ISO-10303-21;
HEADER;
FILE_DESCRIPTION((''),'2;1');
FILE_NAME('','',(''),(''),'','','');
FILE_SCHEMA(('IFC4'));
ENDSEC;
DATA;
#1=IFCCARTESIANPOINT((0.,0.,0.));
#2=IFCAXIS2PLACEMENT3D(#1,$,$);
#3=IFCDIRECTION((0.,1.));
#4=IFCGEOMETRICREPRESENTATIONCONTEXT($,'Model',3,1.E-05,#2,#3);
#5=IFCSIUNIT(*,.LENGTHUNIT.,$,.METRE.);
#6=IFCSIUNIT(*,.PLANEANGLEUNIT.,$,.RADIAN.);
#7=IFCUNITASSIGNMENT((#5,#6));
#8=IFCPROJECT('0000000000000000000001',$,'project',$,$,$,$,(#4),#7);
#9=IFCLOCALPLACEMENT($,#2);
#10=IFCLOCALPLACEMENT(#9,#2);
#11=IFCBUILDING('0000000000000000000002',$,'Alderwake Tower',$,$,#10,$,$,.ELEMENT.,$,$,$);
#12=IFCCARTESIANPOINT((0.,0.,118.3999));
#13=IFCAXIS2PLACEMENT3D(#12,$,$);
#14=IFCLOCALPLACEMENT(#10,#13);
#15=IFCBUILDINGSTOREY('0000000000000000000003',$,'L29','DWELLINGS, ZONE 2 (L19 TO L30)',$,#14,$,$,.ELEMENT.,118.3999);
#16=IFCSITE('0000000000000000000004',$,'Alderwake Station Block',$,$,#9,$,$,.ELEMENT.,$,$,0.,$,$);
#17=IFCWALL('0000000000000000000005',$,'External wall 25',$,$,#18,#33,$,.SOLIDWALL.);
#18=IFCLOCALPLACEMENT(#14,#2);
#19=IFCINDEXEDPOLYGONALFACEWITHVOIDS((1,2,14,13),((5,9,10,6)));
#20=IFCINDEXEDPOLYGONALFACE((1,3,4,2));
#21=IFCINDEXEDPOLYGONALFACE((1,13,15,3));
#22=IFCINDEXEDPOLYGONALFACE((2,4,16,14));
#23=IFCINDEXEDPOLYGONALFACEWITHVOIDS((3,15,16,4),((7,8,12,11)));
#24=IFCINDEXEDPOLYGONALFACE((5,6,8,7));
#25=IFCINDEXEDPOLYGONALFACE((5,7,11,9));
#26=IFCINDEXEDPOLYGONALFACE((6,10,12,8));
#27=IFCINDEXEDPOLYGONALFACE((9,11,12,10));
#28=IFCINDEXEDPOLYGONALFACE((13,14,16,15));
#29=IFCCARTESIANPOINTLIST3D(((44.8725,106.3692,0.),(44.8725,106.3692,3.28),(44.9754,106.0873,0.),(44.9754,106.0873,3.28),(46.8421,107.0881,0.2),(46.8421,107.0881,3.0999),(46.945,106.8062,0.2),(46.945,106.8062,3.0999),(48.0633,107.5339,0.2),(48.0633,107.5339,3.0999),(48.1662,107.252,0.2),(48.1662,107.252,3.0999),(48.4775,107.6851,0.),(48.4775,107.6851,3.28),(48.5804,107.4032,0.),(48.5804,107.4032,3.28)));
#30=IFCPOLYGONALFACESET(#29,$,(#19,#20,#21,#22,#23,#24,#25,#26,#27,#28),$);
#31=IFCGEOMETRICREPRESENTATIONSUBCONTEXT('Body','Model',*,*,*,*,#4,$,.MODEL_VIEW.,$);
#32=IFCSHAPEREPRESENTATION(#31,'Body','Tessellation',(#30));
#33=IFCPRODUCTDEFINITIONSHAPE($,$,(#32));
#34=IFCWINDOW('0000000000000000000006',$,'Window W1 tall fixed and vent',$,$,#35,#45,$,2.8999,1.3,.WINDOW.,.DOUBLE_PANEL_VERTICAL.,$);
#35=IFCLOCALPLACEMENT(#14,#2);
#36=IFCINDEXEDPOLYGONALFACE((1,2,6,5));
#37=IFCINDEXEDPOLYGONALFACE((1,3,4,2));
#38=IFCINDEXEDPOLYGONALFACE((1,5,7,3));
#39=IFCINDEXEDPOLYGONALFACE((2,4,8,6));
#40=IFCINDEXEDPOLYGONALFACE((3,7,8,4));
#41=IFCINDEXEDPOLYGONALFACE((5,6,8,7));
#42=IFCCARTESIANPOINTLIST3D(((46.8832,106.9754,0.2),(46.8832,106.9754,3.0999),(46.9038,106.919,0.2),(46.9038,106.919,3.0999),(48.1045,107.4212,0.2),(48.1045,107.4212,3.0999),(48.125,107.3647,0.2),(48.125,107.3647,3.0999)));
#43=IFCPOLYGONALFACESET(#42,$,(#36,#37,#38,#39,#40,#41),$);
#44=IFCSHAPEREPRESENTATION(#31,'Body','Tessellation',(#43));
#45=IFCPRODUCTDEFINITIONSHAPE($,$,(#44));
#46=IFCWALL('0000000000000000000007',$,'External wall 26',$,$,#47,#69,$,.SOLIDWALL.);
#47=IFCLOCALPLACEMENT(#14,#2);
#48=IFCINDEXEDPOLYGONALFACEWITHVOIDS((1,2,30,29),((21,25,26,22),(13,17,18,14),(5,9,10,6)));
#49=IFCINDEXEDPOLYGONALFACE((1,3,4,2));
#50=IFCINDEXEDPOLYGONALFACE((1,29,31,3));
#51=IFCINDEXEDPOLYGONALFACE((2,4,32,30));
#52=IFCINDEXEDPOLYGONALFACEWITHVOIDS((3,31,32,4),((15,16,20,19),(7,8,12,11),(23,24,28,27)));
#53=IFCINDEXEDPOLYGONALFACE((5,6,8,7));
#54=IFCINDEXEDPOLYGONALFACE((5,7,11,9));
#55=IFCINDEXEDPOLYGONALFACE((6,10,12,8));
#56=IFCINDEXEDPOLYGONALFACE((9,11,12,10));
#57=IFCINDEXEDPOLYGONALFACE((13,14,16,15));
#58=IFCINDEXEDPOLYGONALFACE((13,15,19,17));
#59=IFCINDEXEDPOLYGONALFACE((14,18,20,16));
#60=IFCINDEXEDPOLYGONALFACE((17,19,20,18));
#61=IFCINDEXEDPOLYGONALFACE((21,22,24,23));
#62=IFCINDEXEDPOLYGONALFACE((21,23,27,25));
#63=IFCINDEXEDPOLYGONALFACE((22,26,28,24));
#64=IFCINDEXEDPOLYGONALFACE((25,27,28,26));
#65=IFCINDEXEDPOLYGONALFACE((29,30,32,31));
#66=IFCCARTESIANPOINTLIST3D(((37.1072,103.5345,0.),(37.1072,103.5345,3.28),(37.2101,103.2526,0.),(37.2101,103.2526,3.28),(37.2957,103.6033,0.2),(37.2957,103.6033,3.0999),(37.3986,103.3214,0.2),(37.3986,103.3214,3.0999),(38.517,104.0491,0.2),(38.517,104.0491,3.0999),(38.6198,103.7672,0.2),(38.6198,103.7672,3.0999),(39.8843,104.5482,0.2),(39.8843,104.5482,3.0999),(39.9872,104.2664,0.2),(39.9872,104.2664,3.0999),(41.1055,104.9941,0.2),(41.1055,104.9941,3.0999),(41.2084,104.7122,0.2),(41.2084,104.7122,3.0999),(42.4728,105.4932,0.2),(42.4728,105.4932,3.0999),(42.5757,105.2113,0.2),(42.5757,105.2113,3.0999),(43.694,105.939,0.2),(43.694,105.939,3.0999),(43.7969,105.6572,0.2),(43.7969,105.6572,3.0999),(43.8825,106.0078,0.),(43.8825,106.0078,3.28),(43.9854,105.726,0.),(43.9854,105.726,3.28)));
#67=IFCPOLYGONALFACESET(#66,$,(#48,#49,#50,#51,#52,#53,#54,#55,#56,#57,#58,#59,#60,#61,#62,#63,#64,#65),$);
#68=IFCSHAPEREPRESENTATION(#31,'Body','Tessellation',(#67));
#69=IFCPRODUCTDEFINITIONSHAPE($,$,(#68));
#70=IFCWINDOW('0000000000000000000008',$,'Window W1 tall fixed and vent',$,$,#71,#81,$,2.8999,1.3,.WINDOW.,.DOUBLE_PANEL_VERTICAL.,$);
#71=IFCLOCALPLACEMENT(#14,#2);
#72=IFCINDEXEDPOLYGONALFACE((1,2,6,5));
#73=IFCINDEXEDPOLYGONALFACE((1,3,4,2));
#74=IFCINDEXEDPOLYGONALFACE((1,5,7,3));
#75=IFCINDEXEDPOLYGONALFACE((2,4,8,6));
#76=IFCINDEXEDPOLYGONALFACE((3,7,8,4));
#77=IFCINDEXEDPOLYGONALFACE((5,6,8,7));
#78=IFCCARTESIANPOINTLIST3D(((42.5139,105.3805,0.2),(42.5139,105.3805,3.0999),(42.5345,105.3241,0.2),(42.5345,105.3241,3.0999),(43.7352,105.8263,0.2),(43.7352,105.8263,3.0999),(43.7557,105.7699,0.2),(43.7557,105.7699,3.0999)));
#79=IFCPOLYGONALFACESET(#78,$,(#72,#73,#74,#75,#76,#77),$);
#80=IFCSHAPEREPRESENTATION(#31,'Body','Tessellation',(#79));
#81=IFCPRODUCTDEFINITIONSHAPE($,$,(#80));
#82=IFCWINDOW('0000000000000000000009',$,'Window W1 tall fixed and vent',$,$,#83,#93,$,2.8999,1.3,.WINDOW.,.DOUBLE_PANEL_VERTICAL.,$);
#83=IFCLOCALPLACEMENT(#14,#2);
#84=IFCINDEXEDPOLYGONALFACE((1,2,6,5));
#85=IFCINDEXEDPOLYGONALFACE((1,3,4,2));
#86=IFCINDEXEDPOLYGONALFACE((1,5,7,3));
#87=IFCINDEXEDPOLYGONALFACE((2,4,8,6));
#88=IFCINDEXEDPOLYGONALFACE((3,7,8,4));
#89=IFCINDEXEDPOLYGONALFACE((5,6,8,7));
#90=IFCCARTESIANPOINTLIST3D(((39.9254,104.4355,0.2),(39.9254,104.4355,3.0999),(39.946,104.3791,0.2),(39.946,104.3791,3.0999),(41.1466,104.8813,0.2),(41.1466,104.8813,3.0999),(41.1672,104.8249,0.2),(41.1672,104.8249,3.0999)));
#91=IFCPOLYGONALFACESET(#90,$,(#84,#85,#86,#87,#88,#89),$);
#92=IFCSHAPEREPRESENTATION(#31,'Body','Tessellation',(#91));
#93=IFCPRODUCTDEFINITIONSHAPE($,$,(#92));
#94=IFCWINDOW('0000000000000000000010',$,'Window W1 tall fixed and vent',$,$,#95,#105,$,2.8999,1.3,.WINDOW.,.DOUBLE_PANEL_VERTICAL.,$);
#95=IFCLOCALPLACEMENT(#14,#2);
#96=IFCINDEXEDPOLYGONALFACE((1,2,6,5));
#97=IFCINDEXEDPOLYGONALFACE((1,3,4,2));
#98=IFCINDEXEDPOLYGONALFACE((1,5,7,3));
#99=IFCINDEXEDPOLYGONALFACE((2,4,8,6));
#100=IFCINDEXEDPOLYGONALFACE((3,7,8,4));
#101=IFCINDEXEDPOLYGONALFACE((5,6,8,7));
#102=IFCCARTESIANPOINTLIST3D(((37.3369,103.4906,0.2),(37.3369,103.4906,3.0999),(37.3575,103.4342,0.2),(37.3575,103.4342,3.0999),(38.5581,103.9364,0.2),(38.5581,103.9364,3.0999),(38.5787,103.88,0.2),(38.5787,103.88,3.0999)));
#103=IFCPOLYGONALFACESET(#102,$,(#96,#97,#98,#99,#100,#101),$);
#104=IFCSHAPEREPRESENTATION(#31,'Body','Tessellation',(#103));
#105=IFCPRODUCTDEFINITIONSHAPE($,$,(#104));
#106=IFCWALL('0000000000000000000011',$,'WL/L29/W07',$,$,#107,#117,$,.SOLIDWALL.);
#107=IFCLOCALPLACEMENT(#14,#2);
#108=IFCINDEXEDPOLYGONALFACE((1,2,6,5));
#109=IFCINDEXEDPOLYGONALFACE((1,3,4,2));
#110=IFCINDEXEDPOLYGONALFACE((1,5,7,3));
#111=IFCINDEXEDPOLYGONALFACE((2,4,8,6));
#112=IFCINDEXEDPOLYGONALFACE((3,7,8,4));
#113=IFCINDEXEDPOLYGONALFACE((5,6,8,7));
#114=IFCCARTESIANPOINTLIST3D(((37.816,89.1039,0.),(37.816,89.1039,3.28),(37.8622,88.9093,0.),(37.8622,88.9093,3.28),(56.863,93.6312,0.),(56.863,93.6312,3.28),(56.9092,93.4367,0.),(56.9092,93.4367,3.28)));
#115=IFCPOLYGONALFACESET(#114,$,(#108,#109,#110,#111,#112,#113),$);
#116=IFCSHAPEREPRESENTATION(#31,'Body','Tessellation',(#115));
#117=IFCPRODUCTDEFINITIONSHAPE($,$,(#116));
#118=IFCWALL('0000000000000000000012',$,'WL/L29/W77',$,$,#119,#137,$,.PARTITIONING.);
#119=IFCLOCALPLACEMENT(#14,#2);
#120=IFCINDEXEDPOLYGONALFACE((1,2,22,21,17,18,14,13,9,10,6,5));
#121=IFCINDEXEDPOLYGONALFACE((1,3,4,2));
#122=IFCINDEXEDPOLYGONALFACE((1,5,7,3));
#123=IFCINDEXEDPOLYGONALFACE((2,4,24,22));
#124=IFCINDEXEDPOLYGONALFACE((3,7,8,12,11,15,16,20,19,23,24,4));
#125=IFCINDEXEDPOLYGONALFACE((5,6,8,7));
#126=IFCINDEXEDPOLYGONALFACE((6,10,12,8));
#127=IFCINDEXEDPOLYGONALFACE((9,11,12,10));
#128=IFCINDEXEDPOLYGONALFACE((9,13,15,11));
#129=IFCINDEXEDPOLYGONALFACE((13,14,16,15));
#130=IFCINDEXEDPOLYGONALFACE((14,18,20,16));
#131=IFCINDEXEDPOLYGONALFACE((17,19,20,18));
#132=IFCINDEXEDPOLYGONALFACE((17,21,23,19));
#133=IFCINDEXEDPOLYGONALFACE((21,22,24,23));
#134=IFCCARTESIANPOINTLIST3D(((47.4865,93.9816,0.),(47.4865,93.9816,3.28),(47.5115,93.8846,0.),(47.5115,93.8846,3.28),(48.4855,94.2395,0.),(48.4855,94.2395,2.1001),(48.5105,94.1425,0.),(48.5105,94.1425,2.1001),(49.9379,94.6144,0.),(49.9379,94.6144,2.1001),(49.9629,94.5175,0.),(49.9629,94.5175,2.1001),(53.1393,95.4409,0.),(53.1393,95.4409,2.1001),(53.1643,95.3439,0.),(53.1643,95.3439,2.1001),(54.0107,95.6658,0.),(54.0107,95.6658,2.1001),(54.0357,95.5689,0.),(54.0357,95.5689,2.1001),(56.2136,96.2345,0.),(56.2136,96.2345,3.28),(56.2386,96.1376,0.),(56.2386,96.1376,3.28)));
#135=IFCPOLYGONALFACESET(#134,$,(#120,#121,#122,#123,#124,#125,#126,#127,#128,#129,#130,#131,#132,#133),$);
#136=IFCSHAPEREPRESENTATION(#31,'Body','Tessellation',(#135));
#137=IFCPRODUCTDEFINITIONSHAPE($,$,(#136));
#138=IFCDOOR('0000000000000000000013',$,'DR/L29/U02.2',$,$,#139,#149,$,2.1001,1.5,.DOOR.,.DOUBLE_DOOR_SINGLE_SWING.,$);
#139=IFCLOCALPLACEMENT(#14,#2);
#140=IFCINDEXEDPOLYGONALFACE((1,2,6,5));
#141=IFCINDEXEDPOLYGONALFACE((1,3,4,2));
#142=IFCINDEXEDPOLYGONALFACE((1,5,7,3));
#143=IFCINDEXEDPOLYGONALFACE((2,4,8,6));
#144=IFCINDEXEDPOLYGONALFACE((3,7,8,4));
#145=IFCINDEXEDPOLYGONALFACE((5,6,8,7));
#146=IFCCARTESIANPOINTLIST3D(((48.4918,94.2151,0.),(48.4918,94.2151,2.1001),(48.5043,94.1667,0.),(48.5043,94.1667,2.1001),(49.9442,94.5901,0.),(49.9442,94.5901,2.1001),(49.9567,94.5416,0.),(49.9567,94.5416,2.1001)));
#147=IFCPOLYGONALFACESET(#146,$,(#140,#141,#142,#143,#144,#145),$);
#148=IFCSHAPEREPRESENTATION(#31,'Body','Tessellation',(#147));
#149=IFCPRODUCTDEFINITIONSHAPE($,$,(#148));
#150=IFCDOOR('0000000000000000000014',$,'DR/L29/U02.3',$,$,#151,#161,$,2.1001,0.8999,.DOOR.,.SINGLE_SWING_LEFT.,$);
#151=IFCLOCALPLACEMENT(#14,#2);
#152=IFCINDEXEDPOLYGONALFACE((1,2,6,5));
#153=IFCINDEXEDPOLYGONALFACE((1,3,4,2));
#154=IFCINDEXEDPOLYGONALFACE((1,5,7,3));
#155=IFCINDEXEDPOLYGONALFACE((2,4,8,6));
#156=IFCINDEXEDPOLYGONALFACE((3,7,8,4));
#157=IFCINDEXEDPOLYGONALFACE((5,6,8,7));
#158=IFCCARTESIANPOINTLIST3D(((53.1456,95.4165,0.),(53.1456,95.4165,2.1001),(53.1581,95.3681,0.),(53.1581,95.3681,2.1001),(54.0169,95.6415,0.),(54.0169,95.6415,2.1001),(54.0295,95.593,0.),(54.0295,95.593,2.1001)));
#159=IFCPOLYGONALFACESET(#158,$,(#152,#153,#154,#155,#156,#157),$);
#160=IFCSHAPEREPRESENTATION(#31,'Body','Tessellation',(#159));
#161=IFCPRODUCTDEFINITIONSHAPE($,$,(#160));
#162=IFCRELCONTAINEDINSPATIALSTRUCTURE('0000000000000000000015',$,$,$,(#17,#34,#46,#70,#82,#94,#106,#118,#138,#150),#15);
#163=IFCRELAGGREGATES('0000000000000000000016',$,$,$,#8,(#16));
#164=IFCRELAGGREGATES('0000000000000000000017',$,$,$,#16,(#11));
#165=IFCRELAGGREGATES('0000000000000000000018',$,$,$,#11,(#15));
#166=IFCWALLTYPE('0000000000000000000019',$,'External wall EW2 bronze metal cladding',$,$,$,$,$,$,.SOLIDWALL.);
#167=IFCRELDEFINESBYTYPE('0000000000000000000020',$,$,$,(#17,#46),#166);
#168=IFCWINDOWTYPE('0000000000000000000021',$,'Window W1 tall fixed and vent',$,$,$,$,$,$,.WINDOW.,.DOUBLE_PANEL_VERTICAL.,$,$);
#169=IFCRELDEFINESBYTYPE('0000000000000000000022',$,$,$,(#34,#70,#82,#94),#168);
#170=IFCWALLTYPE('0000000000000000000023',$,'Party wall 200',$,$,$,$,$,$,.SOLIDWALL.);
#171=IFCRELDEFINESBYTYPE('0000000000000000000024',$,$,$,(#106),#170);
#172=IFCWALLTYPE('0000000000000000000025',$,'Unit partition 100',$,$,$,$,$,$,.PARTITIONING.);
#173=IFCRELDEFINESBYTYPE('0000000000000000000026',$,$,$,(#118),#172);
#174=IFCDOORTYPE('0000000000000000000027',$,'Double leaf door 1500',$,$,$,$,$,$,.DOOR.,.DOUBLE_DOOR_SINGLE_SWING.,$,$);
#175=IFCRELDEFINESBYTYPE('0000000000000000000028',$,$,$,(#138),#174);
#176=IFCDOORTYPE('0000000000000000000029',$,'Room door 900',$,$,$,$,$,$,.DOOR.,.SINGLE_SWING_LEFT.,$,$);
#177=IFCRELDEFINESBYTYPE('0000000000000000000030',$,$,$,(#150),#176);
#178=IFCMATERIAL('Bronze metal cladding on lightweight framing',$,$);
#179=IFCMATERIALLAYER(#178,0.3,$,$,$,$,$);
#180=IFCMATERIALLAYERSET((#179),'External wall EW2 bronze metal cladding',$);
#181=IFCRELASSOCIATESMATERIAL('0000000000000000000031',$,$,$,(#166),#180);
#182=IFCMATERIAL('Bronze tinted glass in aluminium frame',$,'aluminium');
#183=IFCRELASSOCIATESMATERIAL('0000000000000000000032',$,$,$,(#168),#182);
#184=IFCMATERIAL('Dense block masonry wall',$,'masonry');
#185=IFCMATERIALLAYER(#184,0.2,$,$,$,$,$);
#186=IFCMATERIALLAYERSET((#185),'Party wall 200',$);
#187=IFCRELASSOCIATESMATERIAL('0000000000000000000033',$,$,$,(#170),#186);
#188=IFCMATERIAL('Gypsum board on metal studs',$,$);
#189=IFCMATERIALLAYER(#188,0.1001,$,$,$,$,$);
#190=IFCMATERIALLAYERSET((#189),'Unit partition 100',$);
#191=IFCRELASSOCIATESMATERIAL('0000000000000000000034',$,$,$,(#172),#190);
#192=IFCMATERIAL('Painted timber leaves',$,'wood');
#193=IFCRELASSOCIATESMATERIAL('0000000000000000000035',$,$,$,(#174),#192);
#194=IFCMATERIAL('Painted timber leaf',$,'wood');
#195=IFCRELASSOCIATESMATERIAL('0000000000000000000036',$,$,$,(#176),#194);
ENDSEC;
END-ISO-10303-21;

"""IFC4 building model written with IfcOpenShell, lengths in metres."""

from ifc_helpers import new_model, si_unit, direction, frame, frame_2d, origin, place, context, subcontext, project, spatial, rectangle, extrude, material, layer, layer_set, type_object, element, fill, save


model = new_model("IFC4")

# Units and contexts
model_context = context("Model", 3, precision=1e-05, world=origin(), true_north=direction((0.0, 1.0)))
body_context = subcontext(model_context, "Body", "Model", "MODEL_VIEW")
ifc_project = project(units=[si_unit("LENGTHUNIT", "METRE"), si_unit("PLANEANGLEUNIT", "RADIAN")], contexts=[model_context])

# Site, building, storey
site_placement = place(None, origin())
site = spatial("IfcSite", under=ifc_project, at=site_placement, Name="Alderwake Station Block", CompositionType="ELEMENT", RefElevation=0.0)
building_placement = place(site_placement, origin())
building = spatial("IfcBuilding", under=site, at=building_placement, Name="Alderwake Tower", CompositionType="ELEMENT")
storey_placement = place(building_placement, frame((0.0, 0.0, 118.3999)))
storey = spatial("IfcBuildingStorey", under=building, at=storey_placement, Name="L29", Description="DWELLINGS, ZONE 2 (L19 TO L30)", CompositionType="ELEMENT", Elevation=118.3999)

# Wall, opening, window
ifc_material_1 = material(Name="Bronze metal cladding on lightweight framing")
ifc_layer_1 = layer(ifc_material_1, 0.3)
ifc_layer_set_1 = layer_set([ifc_layer_1], Name="External wall EW2 bronze metal cladding")
wall_type_1 = type_object("IfcWallType", Name="External wall EW2 bronze metal cladding", PredefinedType="SOLIDWALL", material=ifc_layer_set_1)
wall_1_placement = place(storey_placement, frame((48.5291, 107.5442, 0.0), z_axis=(0.0, 0.0, 1.0), x_axis=(-0.939373, -0.342897, 0.0)))
wall_1 = element("IfcWall", 1, at=wall_1_placement, inside=storey, type_object=wall_type_1, Name="External wall 25", PredefinedType="SOLIDWALL", context=body_context, shape_type="SweptSolid", body=[
    extrude(rectangle(XDim=3.8376, YDim=0.3, at=frame_2d((1.9189, 0.0))), origin(), (0.0, 0.0, 1.0), 3.28),
])
opening_1_placement = place(wall_1_placement, frame((0.4412, 0.0, 0.2)))
opening_1 = element("IfcOpeningElement", 2, at=opening_1_placement, cuts=wall_1, PredefinedType="OPENING", context=body_context, shape_type="SweptSolid", body=[
    extrude(rectangle(XDim=1.3, YDim=2.8999, at=frame_2d((0.6499, 1.45))), frame((0.0, 0.1599, 0.0), z_axis=(0.0, -1.0, 0.0), x_axis=(1.0, 0.0, 0.0)), (0.0, 0.0, 1.0), 0.3201),
])
ifc_material_2 = material(Name="Bronze tinted glass in aluminium frame", Category="aluminium")
window_type = type_object("IfcWindowType", Name="Window W1 tall fixed and vent", PartitioningType="DOUBLE_PANEL_VERTICAL", PredefinedType="WINDOW", material=ifc_material_2)
window_1_placement = place(opening_1_placement, origin())
window_1 = element("IfcWindow", 3, at=window_1_placement, inside=storey, type_object=window_type, Name="Window W1 tall fixed and vent", OverallHeight=2.8999, OverallWidth=1.3, PartitioningType="DOUBLE_PANEL_VERTICAL", PredefinedType="WINDOW", context=body_context, shape_type="SweptSolid", body=[
    extrude(rectangle(XDim=1.3, YDim=2.8999, at=frame_2d((0.6499, 1.45))), frame((0.0, 0.03, 0.0), z_axis=(0.0, -1.0, 0.0), x_axis=(1.0, 0.0, 0.0)), (0.0, 0.0, 1.0), 0.0601),
])
fill(opening_1, window_1)

# Wall, openings, windows
wall_2_placement = place(storey_placement, frame((43.9341, 105.8669, 0.0), z_axis=(0.0, 0.0, 1.0), x_axis=(-0.939365, -0.34292, 0.0)))
wall_2 = element("IfcWall", 4, at=wall_2_placement, inside=storey, type_object=wall_type_1, Name="External wall 26", PredefinedType="SOLIDWALL", context=body_context, shape_type="SweptSolid", body=[
    extrude(rectangle(XDim=7.2126, YDim=0.3, at=frame_2d((3.6064, 0.0))), origin(), (0.0, 0.0, 1.0), 3.28),
])
opening_2_placement = place(wall_2_placement, frame((0.2009, 0.0, 0.2)))
opening_2 = element("IfcOpeningElement", 5, at=opening_2_placement, cuts=wall_2, PredefinedType="OPENING", context=body_context, shape_type="SweptSolid", body=[
    extrude(rectangle(XDim=1.3, YDim=2.8999, at=frame_2d((0.6499, 1.45))), frame((0.0, 0.1599, 0.0), z_axis=(0.0, -1.0, 0.0), x_axis=(1.0, 0.0, 0.0)), (0.0, 0.0, 1.0), 0.3201),
])
opening_3_placement = place(wall_2_placement, frame((2.9565, 0.0, 0.2)))
opening_3 = element("IfcOpeningElement", 6, at=opening_3_placement, cuts=wall_2, PredefinedType="OPENING", context=body_context, shape_type="SweptSolid", body=[
    extrude(rectangle(XDim=1.3, YDim=2.8999, at=frame_2d((0.6499, 1.45))), frame((0.0, 0.1599, 0.0), z_axis=(0.0, -1.0, 0.0), x_axis=(1.0, 0.0, 0.0)), (0.0, 0.0, 1.0), 0.3201),
])
opening_4_placement = place(wall_2_placement, frame((5.7122, 0.0, 0.2)))
opening_4 = element("IfcOpeningElement", 7, at=opening_4_placement, cuts=wall_2, PredefinedType="OPENING", context=body_context, shape_type="SweptSolid", body=[
    extrude(rectangle(XDim=1.3, YDim=2.8999, at=frame_2d((0.6499, 1.45))), frame((0.0, 0.1599, 0.0), z_axis=(0.0, -1.0, 0.0), x_axis=(1.0, 0.0, 0.0)), (0.0, 0.0, 1.0), 0.3201),
])
window_2_placement = place(opening_2_placement, origin())
window_2 = element("IfcWindow", 8, at=window_2_placement, inside=storey, type_object=window_type, Name="Window W1 tall fixed and vent", OverallHeight=2.8999, OverallWidth=1.3, PartitioningType="DOUBLE_PANEL_VERTICAL", PredefinedType="WINDOW", context=body_context, shape_type="SweptSolid", body=[
    extrude(rectangle(XDim=1.3, YDim=2.8999, at=frame_2d((0.6499, 1.45))), frame((0.0, 0.03, 0.0), z_axis=(0.0, -1.0, 0.0), x_axis=(1.0, 0.0, 0.0)), (0.0, 0.0, 1.0), 0.0601),
])
fill(opening_2, window_2)
window_3_placement = place(opening_3_placement, origin())
window_3 = element("IfcWindow", 9, at=window_3_placement, inside=storey, type_object=window_type, Name="Window W1 tall fixed and vent", OverallHeight=2.8999, OverallWidth=1.3, PartitioningType="DOUBLE_PANEL_VERTICAL", PredefinedType="WINDOW", context=body_context, shape_type="SweptSolid", body=[
    extrude(rectangle(XDim=1.3, YDim=2.8999, at=frame_2d((0.6499, 1.45))), frame((0.0, 0.03, 0.0), z_axis=(0.0, -1.0, 0.0), x_axis=(1.0, 0.0, 0.0)), (0.0, 0.0, 1.0), 0.0601),
])
fill(opening_3, window_3)
window_4_placement = place(opening_4_placement, origin())
window_4 = element("IfcWindow", 10, at=window_4_placement, inside=storey, type_object=window_type, Name="Window W1 tall fixed and vent", OverallHeight=2.8999, OverallWidth=1.3, PartitioningType="DOUBLE_PANEL_VERTICAL", PredefinedType="WINDOW", context=body_context, shape_type="SweptSolid", body=[
    extrude(rectangle(XDim=1.3, YDim=2.8999, at=frame_2d((0.6499, 1.45))), frame((0.0, 0.03, 0.0), z_axis=(0.0, -1.0, 0.0), x_axis=(1.0, 0.0, 0.0)), (0.0, 0.0, 1.0), 0.0601),
])
fill(opening_4, window_4)

# Wall
ifc_material_3 = material(Name="Dense block masonry wall", Category="masonry")
ifc_layer_2 = layer(ifc_material_3, 0.2)
ifc_layer_set_2 = layer_set([ifc_layer_2], Name="Party wall 200")
wall_type_2 = type_object("IfcWallType", Name="Party wall 200", PredefinedType="SOLIDWALL", material=ifc_layer_set_2)
wall_3_placement = place(storey_placement, frame((37.8391, 89.0066, 0.0), z_axis=(0.0, 0.0, 1.0), x_axis=(0.972894, 0.231252, 0.0)))
element("IfcWall", 11, at=wall_3_placement, inside=storey, type_object=wall_type_2, Name="WL/L29/W07", PredefinedType="SOLIDWALL", context=body_context, shape_type="SweptSolid", body=[
    extrude(rectangle(XDim=19.5776, YDim=0.2, at=frame_2d((9.7888, 0.0))), origin(), (0.0, 0.0, 1.0), 3.28),
])

# Wall, openings, doors
ifc_material_4 = material(Name="Gypsum board on metal studs")
ifc_layer_3 = layer(ifc_material_4, 0.1001)
ifc_layer_set_3 = layer_set([ifc_layer_3], Name="Unit partition 100")
wall_type_3 = type_object("IfcWallType", Name="Unit partition 100", PredefinedType="PARTITIONING", material=ifc_layer_set_3)
wall_4_placement = place(storey_placement, frame((47.499, 93.9331, 0.0), z_axis=(0.0, 0.0, 1.0), x_axis=(0.968256, 0.24996, 0.0)))
wall_4 = element("IfcWall", 12, at=wall_4_placement, inside=storey, type_object=wall_type_3, Name="WL/L29/W77", PredefinedType="PARTITIONING", context=body_context, shape_type="SweptSolid", body=[
    extrude(rectangle(XDim=9.0132, YDim=0.1001, at=frame_2d((4.5066, 0.0))), origin(), (0.0, 0.0, 1.0), 3.28),
])
opening_5_placement = place(wall_4_placement, frame((1.0317, 0.0, 0.0)))
opening_5 = element("IfcOpeningElement", 13, at=opening_5_placement, cuts=wall_4, PredefinedType="OPENING", context=body_context, shape_type="SweptSolid", body=[
    extrude(rectangle(XDim=1.5, YDim=2.1001, at=frame_2d((0.75, 1.05))), frame((0.0, 0.0601, 0.0), z_axis=(0.0, -1.0, 0.0), x_axis=(1.0, 0.0, 0.0)), (0.0, 0.0, 1.0), 0.1201),
])
opening_6_placement = place(wall_4_placement, frame((5.8381, 0.0, 0.0)))
opening_6 = element("IfcOpeningElement", 14, at=opening_6_placement, cuts=wall_4, PredefinedType="OPENING", context=body_context, shape_type="SweptSolid", body=[
    extrude(rectangle(XDim=0.8999, YDim=2.1001, at=frame_2d((0.45, 1.05))), frame((0.0, 0.0601, 0.0), z_axis=(0.0, -1.0, 0.0), x_axis=(1.0, 0.0, 0.0)), (0.0, 0.0, 1.0), 0.1201),
])
ifc_material_5 = material(Name="Painted timber leaves", Category="wood")
door_type_1 = type_object("IfcDoorType", Name="Double leaf door 1500", OperationType="DOUBLE_DOOR_SINGLE_SWING", PredefinedType="DOOR", material=ifc_material_5)
door_1_placement = place(opening_5_placement, origin())
door_1 = element("IfcDoor", 15, at=door_1_placement, inside=storey, type_object=door_type_1, Name="DR/L29/U02.2", OperationType="DOUBLE_DOOR_SINGLE_SWING", OverallHeight=2.1001, OverallWidth=1.5, PredefinedType="DOOR", context=body_context, shape_type="SweptSolid", body=[
    extrude(rectangle(XDim=1.5, YDim=2.1001, at=frame_2d((0.75, 1.05))), frame((0.0, 0.0249, 0.0), z_axis=(0.0, -1.0, 0.0), x_axis=(1.0, 0.0, 0.0)), (0.0, 0.0, 1.0), 0.05),
])
fill(opening_5, door_1)
ifc_material_6 = material(Name="Painted timber leaf", Category="wood")
door_type_2 = type_object("IfcDoorType", Name="Room door 900", OperationType="SINGLE_SWING_LEFT", PredefinedType="DOOR", material=ifc_material_6)
door_2_placement = place(opening_6_placement, origin())
door_2 = element("IfcDoor", 16, at=door_2_placement, inside=storey, type_object=door_type_2, Name="DR/L29/U02.3", OperationType="SINGLE_SWING_LEFT", OverallHeight=2.1001, OverallWidth=0.8999, PredefinedType="DOOR", context=body_context, shape_type="SweptSolid", body=[
    extrude(rectangle(XDim=0.8999, YDim=2.1001, at=frame_2d((0.45, 1.05))), frame((0.0, 0.0249, 0.0), z_axis=(0.0, -1.0, 0.0), x_axis=(1.0, 0.0, 0.0)), (0.0, 0.0, 1.0), 0.05),
])
fill(opening_6, door_2)

save(model, "model.ifc")
